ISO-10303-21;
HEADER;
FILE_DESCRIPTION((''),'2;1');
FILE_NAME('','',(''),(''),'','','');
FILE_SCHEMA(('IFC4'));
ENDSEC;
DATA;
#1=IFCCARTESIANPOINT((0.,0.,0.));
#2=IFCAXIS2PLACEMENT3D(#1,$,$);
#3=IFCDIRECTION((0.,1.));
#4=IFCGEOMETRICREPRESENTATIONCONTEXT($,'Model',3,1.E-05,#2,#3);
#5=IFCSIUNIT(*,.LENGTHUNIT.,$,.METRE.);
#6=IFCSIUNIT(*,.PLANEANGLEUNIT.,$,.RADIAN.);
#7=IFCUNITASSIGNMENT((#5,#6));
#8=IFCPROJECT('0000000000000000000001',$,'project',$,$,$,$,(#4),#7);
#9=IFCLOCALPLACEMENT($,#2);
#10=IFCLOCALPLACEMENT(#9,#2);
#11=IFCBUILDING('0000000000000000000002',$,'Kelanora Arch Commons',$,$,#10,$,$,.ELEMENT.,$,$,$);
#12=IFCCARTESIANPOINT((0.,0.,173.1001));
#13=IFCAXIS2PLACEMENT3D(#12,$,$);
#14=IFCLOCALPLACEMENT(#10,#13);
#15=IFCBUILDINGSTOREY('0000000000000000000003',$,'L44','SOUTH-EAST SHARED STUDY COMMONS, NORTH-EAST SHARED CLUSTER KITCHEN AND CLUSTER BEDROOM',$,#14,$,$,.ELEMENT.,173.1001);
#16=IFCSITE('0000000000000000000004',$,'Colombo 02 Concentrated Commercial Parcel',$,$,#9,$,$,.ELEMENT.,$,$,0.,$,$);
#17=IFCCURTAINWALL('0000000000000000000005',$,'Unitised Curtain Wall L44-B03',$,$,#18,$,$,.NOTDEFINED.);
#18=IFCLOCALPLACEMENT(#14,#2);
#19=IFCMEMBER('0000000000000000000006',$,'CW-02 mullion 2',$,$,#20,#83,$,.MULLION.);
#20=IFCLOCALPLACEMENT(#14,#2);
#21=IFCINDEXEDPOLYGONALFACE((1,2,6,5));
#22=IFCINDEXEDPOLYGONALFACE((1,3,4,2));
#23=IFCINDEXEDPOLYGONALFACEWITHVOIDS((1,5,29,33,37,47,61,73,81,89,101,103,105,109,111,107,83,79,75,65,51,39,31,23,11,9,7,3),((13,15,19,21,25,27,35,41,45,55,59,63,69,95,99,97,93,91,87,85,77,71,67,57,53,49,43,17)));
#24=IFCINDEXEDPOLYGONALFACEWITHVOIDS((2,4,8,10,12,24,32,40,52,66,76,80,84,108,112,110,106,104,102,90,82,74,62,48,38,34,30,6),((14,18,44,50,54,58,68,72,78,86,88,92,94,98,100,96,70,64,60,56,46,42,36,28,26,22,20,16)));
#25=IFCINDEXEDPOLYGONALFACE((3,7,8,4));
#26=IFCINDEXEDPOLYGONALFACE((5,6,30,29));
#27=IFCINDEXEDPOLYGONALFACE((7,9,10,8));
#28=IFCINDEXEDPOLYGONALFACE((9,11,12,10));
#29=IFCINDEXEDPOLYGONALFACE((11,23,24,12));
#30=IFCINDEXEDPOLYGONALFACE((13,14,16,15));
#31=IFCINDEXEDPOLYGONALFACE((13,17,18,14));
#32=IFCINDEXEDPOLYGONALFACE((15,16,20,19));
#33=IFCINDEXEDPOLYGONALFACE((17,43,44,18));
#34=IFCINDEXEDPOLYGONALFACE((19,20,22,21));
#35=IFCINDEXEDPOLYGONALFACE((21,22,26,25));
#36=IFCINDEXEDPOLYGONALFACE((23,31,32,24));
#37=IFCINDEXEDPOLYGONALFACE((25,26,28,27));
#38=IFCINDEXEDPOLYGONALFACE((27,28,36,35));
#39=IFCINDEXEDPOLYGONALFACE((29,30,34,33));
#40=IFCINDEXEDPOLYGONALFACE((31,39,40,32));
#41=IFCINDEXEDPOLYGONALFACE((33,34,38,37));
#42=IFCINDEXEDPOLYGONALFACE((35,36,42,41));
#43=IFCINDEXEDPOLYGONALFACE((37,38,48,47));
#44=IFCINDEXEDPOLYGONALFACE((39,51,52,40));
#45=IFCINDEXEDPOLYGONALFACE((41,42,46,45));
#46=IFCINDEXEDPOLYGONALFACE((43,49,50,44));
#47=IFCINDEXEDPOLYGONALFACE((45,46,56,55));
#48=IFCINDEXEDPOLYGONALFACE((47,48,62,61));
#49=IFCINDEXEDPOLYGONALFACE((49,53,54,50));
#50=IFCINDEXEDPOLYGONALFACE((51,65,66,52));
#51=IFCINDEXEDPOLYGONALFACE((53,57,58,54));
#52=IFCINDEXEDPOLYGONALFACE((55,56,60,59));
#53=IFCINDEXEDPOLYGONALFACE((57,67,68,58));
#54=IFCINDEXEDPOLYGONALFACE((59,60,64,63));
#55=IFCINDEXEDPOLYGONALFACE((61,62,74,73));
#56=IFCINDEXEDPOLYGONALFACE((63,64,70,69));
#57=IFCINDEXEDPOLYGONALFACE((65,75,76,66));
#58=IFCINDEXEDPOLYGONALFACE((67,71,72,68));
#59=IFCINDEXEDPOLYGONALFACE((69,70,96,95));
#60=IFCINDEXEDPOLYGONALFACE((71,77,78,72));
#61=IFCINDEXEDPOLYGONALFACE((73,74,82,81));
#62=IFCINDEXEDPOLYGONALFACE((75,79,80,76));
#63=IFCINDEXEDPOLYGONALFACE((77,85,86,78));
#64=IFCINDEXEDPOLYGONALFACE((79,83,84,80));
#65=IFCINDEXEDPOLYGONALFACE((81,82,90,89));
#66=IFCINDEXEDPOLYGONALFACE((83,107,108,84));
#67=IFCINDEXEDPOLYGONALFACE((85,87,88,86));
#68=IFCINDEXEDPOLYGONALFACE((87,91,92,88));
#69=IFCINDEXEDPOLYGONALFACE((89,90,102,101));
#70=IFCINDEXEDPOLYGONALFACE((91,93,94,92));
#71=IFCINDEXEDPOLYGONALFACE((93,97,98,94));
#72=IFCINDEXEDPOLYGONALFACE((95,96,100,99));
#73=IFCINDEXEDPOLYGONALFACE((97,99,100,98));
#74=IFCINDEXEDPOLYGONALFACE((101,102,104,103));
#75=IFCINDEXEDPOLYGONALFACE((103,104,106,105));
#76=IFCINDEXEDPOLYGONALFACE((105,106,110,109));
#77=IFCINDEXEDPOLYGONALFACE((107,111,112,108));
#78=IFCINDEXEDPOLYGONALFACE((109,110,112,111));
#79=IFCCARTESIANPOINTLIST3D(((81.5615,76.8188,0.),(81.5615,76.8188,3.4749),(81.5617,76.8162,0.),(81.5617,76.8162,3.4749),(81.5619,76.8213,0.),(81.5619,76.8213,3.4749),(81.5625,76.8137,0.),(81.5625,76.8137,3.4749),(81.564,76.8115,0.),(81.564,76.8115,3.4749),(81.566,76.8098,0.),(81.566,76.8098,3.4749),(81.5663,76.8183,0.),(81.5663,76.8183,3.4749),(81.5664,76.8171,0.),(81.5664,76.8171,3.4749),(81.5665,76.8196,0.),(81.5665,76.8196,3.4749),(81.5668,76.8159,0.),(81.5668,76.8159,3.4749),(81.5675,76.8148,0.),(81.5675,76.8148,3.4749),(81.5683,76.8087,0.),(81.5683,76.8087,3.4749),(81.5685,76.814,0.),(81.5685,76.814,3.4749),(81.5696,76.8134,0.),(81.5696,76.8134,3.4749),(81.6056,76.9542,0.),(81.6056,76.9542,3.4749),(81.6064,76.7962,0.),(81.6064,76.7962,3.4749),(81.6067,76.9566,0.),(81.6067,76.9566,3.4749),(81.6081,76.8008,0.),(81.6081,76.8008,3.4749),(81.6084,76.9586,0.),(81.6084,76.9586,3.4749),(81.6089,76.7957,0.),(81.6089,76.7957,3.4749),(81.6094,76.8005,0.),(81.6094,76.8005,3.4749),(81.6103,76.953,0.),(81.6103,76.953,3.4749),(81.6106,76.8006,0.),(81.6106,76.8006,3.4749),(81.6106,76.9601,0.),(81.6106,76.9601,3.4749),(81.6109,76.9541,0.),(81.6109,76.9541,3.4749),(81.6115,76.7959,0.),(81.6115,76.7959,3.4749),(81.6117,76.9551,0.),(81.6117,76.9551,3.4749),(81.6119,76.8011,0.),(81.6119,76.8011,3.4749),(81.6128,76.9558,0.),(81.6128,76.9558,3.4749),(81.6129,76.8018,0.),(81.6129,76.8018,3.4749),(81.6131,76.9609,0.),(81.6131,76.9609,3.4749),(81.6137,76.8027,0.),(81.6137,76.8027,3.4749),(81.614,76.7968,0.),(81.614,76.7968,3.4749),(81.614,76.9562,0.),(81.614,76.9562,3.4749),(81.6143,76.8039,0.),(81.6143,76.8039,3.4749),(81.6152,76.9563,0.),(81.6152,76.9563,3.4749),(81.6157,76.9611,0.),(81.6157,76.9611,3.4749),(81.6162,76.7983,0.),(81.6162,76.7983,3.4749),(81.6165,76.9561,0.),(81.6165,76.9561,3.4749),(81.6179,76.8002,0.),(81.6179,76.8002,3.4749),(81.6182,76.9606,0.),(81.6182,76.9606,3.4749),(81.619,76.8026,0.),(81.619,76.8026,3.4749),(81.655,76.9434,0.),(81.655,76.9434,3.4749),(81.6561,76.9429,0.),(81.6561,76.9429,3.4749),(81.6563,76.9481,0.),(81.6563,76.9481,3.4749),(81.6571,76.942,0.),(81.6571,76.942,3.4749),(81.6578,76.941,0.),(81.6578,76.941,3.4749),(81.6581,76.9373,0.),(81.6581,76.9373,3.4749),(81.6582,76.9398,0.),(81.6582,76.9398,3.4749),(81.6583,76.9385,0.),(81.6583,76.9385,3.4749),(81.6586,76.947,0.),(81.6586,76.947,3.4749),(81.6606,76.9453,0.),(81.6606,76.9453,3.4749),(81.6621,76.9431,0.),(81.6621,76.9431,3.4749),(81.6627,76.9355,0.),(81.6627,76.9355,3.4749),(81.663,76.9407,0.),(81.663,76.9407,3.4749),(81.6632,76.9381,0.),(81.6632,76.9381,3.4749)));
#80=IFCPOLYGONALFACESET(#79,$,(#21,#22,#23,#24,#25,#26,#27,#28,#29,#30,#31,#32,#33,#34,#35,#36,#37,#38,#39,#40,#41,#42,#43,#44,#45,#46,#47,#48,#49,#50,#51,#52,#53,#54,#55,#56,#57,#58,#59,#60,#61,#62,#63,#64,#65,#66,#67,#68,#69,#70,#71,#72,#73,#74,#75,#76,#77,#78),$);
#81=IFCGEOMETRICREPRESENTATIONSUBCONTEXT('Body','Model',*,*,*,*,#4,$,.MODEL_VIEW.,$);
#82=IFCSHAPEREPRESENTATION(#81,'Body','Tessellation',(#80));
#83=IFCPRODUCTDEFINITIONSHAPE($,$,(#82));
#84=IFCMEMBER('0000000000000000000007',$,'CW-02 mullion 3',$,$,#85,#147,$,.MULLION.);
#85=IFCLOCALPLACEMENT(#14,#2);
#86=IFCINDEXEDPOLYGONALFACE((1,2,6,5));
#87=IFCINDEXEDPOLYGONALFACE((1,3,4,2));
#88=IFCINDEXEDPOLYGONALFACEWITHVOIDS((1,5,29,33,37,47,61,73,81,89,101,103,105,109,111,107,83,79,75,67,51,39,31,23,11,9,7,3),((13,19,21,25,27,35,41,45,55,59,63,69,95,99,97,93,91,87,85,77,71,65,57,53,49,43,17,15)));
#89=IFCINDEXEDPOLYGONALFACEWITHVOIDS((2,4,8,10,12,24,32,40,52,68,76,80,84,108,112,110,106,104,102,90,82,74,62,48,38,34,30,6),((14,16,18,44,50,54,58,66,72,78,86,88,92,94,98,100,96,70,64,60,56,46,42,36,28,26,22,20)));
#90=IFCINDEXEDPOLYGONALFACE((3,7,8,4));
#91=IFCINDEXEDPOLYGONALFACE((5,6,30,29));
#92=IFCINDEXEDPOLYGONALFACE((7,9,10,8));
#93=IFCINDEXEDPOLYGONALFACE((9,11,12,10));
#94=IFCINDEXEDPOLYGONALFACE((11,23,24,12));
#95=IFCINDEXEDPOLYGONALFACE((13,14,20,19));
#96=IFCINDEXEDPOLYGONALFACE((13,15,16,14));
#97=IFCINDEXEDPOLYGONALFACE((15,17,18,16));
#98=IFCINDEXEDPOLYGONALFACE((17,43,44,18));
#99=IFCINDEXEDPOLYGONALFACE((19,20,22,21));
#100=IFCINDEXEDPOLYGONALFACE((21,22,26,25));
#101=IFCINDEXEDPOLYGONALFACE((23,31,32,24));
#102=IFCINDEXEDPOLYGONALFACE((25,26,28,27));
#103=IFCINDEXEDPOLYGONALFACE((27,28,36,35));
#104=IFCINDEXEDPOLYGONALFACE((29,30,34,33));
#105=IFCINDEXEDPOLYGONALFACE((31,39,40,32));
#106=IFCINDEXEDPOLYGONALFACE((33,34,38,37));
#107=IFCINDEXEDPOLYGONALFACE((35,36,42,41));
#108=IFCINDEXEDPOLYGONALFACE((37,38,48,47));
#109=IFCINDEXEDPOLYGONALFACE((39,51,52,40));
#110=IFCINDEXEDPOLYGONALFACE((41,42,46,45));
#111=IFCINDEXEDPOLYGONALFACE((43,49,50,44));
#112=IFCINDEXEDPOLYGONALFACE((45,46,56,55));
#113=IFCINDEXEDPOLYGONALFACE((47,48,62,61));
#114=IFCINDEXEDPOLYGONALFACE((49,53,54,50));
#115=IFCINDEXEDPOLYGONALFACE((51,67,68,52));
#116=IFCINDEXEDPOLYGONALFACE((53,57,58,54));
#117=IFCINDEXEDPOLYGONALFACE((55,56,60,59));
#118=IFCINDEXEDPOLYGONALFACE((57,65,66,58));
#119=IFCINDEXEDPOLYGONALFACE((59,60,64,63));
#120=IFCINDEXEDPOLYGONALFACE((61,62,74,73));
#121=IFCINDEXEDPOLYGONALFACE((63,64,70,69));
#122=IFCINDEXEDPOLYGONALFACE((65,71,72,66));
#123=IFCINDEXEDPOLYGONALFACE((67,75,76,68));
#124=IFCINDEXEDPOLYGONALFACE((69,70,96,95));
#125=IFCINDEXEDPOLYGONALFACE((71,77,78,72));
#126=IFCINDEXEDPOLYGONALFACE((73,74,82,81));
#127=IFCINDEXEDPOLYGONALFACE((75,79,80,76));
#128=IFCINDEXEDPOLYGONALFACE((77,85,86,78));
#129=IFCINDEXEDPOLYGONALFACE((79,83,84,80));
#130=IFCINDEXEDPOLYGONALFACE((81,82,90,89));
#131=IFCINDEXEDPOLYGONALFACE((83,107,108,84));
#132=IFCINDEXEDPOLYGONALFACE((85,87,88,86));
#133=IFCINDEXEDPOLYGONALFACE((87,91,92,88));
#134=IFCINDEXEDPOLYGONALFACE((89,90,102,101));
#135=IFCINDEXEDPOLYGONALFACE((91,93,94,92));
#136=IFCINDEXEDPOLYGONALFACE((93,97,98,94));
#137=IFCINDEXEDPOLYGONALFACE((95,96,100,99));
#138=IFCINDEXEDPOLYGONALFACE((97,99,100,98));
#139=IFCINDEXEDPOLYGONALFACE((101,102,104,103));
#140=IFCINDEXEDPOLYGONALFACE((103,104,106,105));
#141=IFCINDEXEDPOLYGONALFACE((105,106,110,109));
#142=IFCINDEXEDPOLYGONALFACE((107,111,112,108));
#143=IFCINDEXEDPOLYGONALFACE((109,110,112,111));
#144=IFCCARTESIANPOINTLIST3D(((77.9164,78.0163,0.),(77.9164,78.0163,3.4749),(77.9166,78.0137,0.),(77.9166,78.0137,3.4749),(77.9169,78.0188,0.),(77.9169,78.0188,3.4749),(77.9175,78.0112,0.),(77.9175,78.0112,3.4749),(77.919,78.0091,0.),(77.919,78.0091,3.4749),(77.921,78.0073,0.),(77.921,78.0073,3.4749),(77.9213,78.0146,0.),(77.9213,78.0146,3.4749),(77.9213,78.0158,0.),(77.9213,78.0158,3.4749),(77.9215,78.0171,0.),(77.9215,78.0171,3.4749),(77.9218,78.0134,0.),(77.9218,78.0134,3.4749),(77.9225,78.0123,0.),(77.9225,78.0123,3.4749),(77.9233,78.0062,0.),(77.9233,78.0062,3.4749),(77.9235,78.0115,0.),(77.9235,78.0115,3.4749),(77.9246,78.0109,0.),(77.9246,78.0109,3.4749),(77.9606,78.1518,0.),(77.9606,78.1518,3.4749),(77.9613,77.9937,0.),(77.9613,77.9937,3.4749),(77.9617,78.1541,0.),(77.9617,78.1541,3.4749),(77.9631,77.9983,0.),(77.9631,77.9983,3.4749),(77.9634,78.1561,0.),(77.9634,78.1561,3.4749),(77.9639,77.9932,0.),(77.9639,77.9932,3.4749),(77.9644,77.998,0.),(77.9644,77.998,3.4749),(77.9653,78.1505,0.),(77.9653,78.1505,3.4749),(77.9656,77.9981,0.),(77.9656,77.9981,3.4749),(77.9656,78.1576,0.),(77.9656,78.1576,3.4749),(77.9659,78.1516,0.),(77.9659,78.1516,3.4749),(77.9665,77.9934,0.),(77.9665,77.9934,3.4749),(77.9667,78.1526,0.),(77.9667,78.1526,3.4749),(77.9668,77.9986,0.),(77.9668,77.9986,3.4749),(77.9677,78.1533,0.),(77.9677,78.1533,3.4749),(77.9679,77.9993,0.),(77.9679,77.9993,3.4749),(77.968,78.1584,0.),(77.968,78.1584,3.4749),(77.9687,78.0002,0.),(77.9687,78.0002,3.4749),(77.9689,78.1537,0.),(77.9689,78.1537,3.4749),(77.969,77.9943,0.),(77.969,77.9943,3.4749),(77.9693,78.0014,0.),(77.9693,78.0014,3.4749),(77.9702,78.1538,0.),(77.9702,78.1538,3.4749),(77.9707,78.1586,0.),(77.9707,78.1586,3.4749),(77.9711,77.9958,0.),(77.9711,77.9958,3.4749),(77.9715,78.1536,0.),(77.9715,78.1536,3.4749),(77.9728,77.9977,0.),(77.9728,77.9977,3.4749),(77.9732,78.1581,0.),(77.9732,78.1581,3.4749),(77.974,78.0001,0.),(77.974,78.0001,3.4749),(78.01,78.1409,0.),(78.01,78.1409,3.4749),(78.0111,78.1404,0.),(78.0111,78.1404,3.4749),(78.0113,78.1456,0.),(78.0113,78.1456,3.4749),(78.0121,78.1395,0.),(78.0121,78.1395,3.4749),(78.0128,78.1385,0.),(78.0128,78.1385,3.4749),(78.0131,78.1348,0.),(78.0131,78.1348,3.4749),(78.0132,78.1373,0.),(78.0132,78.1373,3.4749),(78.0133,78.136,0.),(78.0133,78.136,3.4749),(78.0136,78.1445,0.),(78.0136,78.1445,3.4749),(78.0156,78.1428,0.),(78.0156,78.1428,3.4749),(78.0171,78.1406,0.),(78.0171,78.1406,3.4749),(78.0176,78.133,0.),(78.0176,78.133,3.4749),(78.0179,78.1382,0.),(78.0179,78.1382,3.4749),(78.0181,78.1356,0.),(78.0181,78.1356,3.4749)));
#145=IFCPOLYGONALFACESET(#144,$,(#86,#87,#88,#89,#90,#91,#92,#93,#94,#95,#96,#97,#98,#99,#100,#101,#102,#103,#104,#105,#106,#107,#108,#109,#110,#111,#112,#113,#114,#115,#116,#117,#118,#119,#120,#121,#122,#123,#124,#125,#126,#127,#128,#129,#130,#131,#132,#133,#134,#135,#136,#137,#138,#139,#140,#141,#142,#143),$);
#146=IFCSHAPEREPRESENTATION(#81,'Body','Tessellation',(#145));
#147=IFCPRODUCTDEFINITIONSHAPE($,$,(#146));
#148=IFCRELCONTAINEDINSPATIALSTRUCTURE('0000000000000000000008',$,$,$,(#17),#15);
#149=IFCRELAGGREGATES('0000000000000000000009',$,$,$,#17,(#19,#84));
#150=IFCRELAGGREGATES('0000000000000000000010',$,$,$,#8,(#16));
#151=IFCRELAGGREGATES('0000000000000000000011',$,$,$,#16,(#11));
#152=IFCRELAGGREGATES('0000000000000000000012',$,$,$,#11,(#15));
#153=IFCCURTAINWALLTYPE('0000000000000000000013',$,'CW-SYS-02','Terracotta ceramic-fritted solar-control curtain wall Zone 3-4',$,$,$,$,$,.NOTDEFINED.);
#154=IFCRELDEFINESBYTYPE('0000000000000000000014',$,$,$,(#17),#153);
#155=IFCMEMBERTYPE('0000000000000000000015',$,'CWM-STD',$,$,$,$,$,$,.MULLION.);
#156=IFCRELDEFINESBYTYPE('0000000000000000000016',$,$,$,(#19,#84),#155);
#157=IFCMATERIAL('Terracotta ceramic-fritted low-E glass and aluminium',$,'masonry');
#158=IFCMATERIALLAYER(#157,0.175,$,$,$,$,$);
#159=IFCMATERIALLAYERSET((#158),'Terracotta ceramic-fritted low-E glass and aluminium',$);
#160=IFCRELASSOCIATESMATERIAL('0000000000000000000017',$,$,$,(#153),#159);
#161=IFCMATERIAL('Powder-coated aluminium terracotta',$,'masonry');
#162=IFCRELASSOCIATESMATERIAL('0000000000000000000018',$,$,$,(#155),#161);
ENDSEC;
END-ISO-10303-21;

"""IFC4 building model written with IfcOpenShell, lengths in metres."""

from ifc_helpers import new_model, si_unit, direction, frame, origin, origin_2d, place, context, subcontext, project, spatial, hollow_rectangle, extrude, material, layer, layer_set, material_profile, profile_set, type_object, element, aggregate, save


model = new_model("IFC4")

# Units and contexts
model_context = context("Model", 3, precision=1e-05, world=origin(), true_north=direction((0.0, 1.0)))
body_context = subcontext(model_context, "Body", "Model", "MODEL_VIEW")
ifc_project = project(units=[si_unit("LENGTHUNIT", "METRE"), si_unit("PLANEANGLEUNIT", "RADIAN")], contexts=[model_context])

# Site, building, storey
site_placement = place(None, origin())
site = spatial("IfcSite", under=ifc_project, at=site_placement, Name="Colombo 02 Concentrated Commercial Parcel", CompositionType="ELEMENT", RefElevation=0.0)
building_placement = place(site_placement, origin())
building = spatial("IfcBuilding", under=site, at=building_placement, Name="Kelanora Arch Commons", CompositionType="ELEMENT")
storey_placement = place(building_placement, frame((0.0, 0.0, 173.1001)))
storey = spatial("IfcBuildingStorey", under=building, at=storey_placement, Name="L44", Description="SOUTH-EAST SHARED STUDY COMMONS, NORTH-EAST SHARED CLUSTER KITCHEN AND CLUSTER BEDROOM", CompositionType="ELEMENT", Elevation=173.1001)

# Curtain wall, members
ifc_material_1 = material(Name="Terracotta ceramic-fritted low-E glass and aluminium", Category="masonry")
ifc_layer_1 = layer(ifc_material_1, 0.175)
ifc_layer_set_1 = layer_set([ifc_layer_1], Name="Terracotta ceramic-fritted low-E glass and aluminium")
curtain_wall_type = type_object("IfcCurtainWallType", Name="CW-SYS-02", Description="Terracotta ceramic-fritted solar-control curtain wall Zone 3-4", PredefinedType="NOTDEFINED", material=ifc_layer_set_1)
curtain_wall_placement = place(storey_placement, origin())
curtain_wall = element("IfcCurtainWall", 1, at=curtain_wall_placement, inside=storey, type_object=curtain_wall_type, Name="Unitised Curtain Wall L44-B03", PredefinedType="NOTDEFINED")
ifc_material_2 = material(Name="Powder-coated aluminium terracotta", Category="masonry")
ifc_material_profile_1 = material_profile(ifc_material_2, hollow_rectangle(XDim=0.1599, YDim=0.0601, WallThickness=0.0049, InnerFilletRadius=0.0049, OuterFilletRadius=0.01, at=origin_2d()), Name="CWM160x60")
ifc_profile_set_1 = profile_set([ifc_material_profile_1], Name="Powder-coated aluminium terracotta")
member_type_1 = type_object("IfcMemberType", Name="CWM-STD", PredefinedType="MULLION", material=ifc_profile_set_1)
member_1_placement = place(storey_placement, frame((81.6123, 76.8784, 0.0), z_axis=(0.0, 0.0, 1.0), x_axis=(-0.312128, -0.95004, 0.0)))
member_1 = element("IfcMember", 2, at=member_1_placement, type_object=member_type_1, Name="CW-02 mullion 2", PredefinedType="MULLION", context=body_context, shape_type="SweptSolid", body=[
    extrude(hollow_rectangle(XDim=0.1599, YDim=0.0601, WallThickness=0.0049, InnerFilletRadius=0.0049, OuterFilletRadius=0.01, at=origin_2d()), origin(), (0.0, 0.0, 1.0), 3.4749),
])
member_2_placement = place(storey_placement, frame((77.9673, 78.0759, 0.0), z_axis=(0.0, 0.0, 1.0), x_axis=(-0.312128, -0.95004, 0.0)))
member_2 = element("IfcMember", 3, at=member_2_placement, type_object=member_type_1, Name="CW-02 mullion 3", PredefinedType="MULLION", context=body_context, shape_type="SweptSolid", body=[
    extrude(hollow_rectangle(XDim=0.1599, YDim=0.0601, WallThickness=0.0049, InnerFilletRadius=0.0049, OuterFilletRadius=0.01, at=origin_2d()), origin(), (0.0, 0.0, 1.0), 3.4749),
])
aggregate(curtain_wall, [member_1, member_2])

save(model, "model.ifc")
